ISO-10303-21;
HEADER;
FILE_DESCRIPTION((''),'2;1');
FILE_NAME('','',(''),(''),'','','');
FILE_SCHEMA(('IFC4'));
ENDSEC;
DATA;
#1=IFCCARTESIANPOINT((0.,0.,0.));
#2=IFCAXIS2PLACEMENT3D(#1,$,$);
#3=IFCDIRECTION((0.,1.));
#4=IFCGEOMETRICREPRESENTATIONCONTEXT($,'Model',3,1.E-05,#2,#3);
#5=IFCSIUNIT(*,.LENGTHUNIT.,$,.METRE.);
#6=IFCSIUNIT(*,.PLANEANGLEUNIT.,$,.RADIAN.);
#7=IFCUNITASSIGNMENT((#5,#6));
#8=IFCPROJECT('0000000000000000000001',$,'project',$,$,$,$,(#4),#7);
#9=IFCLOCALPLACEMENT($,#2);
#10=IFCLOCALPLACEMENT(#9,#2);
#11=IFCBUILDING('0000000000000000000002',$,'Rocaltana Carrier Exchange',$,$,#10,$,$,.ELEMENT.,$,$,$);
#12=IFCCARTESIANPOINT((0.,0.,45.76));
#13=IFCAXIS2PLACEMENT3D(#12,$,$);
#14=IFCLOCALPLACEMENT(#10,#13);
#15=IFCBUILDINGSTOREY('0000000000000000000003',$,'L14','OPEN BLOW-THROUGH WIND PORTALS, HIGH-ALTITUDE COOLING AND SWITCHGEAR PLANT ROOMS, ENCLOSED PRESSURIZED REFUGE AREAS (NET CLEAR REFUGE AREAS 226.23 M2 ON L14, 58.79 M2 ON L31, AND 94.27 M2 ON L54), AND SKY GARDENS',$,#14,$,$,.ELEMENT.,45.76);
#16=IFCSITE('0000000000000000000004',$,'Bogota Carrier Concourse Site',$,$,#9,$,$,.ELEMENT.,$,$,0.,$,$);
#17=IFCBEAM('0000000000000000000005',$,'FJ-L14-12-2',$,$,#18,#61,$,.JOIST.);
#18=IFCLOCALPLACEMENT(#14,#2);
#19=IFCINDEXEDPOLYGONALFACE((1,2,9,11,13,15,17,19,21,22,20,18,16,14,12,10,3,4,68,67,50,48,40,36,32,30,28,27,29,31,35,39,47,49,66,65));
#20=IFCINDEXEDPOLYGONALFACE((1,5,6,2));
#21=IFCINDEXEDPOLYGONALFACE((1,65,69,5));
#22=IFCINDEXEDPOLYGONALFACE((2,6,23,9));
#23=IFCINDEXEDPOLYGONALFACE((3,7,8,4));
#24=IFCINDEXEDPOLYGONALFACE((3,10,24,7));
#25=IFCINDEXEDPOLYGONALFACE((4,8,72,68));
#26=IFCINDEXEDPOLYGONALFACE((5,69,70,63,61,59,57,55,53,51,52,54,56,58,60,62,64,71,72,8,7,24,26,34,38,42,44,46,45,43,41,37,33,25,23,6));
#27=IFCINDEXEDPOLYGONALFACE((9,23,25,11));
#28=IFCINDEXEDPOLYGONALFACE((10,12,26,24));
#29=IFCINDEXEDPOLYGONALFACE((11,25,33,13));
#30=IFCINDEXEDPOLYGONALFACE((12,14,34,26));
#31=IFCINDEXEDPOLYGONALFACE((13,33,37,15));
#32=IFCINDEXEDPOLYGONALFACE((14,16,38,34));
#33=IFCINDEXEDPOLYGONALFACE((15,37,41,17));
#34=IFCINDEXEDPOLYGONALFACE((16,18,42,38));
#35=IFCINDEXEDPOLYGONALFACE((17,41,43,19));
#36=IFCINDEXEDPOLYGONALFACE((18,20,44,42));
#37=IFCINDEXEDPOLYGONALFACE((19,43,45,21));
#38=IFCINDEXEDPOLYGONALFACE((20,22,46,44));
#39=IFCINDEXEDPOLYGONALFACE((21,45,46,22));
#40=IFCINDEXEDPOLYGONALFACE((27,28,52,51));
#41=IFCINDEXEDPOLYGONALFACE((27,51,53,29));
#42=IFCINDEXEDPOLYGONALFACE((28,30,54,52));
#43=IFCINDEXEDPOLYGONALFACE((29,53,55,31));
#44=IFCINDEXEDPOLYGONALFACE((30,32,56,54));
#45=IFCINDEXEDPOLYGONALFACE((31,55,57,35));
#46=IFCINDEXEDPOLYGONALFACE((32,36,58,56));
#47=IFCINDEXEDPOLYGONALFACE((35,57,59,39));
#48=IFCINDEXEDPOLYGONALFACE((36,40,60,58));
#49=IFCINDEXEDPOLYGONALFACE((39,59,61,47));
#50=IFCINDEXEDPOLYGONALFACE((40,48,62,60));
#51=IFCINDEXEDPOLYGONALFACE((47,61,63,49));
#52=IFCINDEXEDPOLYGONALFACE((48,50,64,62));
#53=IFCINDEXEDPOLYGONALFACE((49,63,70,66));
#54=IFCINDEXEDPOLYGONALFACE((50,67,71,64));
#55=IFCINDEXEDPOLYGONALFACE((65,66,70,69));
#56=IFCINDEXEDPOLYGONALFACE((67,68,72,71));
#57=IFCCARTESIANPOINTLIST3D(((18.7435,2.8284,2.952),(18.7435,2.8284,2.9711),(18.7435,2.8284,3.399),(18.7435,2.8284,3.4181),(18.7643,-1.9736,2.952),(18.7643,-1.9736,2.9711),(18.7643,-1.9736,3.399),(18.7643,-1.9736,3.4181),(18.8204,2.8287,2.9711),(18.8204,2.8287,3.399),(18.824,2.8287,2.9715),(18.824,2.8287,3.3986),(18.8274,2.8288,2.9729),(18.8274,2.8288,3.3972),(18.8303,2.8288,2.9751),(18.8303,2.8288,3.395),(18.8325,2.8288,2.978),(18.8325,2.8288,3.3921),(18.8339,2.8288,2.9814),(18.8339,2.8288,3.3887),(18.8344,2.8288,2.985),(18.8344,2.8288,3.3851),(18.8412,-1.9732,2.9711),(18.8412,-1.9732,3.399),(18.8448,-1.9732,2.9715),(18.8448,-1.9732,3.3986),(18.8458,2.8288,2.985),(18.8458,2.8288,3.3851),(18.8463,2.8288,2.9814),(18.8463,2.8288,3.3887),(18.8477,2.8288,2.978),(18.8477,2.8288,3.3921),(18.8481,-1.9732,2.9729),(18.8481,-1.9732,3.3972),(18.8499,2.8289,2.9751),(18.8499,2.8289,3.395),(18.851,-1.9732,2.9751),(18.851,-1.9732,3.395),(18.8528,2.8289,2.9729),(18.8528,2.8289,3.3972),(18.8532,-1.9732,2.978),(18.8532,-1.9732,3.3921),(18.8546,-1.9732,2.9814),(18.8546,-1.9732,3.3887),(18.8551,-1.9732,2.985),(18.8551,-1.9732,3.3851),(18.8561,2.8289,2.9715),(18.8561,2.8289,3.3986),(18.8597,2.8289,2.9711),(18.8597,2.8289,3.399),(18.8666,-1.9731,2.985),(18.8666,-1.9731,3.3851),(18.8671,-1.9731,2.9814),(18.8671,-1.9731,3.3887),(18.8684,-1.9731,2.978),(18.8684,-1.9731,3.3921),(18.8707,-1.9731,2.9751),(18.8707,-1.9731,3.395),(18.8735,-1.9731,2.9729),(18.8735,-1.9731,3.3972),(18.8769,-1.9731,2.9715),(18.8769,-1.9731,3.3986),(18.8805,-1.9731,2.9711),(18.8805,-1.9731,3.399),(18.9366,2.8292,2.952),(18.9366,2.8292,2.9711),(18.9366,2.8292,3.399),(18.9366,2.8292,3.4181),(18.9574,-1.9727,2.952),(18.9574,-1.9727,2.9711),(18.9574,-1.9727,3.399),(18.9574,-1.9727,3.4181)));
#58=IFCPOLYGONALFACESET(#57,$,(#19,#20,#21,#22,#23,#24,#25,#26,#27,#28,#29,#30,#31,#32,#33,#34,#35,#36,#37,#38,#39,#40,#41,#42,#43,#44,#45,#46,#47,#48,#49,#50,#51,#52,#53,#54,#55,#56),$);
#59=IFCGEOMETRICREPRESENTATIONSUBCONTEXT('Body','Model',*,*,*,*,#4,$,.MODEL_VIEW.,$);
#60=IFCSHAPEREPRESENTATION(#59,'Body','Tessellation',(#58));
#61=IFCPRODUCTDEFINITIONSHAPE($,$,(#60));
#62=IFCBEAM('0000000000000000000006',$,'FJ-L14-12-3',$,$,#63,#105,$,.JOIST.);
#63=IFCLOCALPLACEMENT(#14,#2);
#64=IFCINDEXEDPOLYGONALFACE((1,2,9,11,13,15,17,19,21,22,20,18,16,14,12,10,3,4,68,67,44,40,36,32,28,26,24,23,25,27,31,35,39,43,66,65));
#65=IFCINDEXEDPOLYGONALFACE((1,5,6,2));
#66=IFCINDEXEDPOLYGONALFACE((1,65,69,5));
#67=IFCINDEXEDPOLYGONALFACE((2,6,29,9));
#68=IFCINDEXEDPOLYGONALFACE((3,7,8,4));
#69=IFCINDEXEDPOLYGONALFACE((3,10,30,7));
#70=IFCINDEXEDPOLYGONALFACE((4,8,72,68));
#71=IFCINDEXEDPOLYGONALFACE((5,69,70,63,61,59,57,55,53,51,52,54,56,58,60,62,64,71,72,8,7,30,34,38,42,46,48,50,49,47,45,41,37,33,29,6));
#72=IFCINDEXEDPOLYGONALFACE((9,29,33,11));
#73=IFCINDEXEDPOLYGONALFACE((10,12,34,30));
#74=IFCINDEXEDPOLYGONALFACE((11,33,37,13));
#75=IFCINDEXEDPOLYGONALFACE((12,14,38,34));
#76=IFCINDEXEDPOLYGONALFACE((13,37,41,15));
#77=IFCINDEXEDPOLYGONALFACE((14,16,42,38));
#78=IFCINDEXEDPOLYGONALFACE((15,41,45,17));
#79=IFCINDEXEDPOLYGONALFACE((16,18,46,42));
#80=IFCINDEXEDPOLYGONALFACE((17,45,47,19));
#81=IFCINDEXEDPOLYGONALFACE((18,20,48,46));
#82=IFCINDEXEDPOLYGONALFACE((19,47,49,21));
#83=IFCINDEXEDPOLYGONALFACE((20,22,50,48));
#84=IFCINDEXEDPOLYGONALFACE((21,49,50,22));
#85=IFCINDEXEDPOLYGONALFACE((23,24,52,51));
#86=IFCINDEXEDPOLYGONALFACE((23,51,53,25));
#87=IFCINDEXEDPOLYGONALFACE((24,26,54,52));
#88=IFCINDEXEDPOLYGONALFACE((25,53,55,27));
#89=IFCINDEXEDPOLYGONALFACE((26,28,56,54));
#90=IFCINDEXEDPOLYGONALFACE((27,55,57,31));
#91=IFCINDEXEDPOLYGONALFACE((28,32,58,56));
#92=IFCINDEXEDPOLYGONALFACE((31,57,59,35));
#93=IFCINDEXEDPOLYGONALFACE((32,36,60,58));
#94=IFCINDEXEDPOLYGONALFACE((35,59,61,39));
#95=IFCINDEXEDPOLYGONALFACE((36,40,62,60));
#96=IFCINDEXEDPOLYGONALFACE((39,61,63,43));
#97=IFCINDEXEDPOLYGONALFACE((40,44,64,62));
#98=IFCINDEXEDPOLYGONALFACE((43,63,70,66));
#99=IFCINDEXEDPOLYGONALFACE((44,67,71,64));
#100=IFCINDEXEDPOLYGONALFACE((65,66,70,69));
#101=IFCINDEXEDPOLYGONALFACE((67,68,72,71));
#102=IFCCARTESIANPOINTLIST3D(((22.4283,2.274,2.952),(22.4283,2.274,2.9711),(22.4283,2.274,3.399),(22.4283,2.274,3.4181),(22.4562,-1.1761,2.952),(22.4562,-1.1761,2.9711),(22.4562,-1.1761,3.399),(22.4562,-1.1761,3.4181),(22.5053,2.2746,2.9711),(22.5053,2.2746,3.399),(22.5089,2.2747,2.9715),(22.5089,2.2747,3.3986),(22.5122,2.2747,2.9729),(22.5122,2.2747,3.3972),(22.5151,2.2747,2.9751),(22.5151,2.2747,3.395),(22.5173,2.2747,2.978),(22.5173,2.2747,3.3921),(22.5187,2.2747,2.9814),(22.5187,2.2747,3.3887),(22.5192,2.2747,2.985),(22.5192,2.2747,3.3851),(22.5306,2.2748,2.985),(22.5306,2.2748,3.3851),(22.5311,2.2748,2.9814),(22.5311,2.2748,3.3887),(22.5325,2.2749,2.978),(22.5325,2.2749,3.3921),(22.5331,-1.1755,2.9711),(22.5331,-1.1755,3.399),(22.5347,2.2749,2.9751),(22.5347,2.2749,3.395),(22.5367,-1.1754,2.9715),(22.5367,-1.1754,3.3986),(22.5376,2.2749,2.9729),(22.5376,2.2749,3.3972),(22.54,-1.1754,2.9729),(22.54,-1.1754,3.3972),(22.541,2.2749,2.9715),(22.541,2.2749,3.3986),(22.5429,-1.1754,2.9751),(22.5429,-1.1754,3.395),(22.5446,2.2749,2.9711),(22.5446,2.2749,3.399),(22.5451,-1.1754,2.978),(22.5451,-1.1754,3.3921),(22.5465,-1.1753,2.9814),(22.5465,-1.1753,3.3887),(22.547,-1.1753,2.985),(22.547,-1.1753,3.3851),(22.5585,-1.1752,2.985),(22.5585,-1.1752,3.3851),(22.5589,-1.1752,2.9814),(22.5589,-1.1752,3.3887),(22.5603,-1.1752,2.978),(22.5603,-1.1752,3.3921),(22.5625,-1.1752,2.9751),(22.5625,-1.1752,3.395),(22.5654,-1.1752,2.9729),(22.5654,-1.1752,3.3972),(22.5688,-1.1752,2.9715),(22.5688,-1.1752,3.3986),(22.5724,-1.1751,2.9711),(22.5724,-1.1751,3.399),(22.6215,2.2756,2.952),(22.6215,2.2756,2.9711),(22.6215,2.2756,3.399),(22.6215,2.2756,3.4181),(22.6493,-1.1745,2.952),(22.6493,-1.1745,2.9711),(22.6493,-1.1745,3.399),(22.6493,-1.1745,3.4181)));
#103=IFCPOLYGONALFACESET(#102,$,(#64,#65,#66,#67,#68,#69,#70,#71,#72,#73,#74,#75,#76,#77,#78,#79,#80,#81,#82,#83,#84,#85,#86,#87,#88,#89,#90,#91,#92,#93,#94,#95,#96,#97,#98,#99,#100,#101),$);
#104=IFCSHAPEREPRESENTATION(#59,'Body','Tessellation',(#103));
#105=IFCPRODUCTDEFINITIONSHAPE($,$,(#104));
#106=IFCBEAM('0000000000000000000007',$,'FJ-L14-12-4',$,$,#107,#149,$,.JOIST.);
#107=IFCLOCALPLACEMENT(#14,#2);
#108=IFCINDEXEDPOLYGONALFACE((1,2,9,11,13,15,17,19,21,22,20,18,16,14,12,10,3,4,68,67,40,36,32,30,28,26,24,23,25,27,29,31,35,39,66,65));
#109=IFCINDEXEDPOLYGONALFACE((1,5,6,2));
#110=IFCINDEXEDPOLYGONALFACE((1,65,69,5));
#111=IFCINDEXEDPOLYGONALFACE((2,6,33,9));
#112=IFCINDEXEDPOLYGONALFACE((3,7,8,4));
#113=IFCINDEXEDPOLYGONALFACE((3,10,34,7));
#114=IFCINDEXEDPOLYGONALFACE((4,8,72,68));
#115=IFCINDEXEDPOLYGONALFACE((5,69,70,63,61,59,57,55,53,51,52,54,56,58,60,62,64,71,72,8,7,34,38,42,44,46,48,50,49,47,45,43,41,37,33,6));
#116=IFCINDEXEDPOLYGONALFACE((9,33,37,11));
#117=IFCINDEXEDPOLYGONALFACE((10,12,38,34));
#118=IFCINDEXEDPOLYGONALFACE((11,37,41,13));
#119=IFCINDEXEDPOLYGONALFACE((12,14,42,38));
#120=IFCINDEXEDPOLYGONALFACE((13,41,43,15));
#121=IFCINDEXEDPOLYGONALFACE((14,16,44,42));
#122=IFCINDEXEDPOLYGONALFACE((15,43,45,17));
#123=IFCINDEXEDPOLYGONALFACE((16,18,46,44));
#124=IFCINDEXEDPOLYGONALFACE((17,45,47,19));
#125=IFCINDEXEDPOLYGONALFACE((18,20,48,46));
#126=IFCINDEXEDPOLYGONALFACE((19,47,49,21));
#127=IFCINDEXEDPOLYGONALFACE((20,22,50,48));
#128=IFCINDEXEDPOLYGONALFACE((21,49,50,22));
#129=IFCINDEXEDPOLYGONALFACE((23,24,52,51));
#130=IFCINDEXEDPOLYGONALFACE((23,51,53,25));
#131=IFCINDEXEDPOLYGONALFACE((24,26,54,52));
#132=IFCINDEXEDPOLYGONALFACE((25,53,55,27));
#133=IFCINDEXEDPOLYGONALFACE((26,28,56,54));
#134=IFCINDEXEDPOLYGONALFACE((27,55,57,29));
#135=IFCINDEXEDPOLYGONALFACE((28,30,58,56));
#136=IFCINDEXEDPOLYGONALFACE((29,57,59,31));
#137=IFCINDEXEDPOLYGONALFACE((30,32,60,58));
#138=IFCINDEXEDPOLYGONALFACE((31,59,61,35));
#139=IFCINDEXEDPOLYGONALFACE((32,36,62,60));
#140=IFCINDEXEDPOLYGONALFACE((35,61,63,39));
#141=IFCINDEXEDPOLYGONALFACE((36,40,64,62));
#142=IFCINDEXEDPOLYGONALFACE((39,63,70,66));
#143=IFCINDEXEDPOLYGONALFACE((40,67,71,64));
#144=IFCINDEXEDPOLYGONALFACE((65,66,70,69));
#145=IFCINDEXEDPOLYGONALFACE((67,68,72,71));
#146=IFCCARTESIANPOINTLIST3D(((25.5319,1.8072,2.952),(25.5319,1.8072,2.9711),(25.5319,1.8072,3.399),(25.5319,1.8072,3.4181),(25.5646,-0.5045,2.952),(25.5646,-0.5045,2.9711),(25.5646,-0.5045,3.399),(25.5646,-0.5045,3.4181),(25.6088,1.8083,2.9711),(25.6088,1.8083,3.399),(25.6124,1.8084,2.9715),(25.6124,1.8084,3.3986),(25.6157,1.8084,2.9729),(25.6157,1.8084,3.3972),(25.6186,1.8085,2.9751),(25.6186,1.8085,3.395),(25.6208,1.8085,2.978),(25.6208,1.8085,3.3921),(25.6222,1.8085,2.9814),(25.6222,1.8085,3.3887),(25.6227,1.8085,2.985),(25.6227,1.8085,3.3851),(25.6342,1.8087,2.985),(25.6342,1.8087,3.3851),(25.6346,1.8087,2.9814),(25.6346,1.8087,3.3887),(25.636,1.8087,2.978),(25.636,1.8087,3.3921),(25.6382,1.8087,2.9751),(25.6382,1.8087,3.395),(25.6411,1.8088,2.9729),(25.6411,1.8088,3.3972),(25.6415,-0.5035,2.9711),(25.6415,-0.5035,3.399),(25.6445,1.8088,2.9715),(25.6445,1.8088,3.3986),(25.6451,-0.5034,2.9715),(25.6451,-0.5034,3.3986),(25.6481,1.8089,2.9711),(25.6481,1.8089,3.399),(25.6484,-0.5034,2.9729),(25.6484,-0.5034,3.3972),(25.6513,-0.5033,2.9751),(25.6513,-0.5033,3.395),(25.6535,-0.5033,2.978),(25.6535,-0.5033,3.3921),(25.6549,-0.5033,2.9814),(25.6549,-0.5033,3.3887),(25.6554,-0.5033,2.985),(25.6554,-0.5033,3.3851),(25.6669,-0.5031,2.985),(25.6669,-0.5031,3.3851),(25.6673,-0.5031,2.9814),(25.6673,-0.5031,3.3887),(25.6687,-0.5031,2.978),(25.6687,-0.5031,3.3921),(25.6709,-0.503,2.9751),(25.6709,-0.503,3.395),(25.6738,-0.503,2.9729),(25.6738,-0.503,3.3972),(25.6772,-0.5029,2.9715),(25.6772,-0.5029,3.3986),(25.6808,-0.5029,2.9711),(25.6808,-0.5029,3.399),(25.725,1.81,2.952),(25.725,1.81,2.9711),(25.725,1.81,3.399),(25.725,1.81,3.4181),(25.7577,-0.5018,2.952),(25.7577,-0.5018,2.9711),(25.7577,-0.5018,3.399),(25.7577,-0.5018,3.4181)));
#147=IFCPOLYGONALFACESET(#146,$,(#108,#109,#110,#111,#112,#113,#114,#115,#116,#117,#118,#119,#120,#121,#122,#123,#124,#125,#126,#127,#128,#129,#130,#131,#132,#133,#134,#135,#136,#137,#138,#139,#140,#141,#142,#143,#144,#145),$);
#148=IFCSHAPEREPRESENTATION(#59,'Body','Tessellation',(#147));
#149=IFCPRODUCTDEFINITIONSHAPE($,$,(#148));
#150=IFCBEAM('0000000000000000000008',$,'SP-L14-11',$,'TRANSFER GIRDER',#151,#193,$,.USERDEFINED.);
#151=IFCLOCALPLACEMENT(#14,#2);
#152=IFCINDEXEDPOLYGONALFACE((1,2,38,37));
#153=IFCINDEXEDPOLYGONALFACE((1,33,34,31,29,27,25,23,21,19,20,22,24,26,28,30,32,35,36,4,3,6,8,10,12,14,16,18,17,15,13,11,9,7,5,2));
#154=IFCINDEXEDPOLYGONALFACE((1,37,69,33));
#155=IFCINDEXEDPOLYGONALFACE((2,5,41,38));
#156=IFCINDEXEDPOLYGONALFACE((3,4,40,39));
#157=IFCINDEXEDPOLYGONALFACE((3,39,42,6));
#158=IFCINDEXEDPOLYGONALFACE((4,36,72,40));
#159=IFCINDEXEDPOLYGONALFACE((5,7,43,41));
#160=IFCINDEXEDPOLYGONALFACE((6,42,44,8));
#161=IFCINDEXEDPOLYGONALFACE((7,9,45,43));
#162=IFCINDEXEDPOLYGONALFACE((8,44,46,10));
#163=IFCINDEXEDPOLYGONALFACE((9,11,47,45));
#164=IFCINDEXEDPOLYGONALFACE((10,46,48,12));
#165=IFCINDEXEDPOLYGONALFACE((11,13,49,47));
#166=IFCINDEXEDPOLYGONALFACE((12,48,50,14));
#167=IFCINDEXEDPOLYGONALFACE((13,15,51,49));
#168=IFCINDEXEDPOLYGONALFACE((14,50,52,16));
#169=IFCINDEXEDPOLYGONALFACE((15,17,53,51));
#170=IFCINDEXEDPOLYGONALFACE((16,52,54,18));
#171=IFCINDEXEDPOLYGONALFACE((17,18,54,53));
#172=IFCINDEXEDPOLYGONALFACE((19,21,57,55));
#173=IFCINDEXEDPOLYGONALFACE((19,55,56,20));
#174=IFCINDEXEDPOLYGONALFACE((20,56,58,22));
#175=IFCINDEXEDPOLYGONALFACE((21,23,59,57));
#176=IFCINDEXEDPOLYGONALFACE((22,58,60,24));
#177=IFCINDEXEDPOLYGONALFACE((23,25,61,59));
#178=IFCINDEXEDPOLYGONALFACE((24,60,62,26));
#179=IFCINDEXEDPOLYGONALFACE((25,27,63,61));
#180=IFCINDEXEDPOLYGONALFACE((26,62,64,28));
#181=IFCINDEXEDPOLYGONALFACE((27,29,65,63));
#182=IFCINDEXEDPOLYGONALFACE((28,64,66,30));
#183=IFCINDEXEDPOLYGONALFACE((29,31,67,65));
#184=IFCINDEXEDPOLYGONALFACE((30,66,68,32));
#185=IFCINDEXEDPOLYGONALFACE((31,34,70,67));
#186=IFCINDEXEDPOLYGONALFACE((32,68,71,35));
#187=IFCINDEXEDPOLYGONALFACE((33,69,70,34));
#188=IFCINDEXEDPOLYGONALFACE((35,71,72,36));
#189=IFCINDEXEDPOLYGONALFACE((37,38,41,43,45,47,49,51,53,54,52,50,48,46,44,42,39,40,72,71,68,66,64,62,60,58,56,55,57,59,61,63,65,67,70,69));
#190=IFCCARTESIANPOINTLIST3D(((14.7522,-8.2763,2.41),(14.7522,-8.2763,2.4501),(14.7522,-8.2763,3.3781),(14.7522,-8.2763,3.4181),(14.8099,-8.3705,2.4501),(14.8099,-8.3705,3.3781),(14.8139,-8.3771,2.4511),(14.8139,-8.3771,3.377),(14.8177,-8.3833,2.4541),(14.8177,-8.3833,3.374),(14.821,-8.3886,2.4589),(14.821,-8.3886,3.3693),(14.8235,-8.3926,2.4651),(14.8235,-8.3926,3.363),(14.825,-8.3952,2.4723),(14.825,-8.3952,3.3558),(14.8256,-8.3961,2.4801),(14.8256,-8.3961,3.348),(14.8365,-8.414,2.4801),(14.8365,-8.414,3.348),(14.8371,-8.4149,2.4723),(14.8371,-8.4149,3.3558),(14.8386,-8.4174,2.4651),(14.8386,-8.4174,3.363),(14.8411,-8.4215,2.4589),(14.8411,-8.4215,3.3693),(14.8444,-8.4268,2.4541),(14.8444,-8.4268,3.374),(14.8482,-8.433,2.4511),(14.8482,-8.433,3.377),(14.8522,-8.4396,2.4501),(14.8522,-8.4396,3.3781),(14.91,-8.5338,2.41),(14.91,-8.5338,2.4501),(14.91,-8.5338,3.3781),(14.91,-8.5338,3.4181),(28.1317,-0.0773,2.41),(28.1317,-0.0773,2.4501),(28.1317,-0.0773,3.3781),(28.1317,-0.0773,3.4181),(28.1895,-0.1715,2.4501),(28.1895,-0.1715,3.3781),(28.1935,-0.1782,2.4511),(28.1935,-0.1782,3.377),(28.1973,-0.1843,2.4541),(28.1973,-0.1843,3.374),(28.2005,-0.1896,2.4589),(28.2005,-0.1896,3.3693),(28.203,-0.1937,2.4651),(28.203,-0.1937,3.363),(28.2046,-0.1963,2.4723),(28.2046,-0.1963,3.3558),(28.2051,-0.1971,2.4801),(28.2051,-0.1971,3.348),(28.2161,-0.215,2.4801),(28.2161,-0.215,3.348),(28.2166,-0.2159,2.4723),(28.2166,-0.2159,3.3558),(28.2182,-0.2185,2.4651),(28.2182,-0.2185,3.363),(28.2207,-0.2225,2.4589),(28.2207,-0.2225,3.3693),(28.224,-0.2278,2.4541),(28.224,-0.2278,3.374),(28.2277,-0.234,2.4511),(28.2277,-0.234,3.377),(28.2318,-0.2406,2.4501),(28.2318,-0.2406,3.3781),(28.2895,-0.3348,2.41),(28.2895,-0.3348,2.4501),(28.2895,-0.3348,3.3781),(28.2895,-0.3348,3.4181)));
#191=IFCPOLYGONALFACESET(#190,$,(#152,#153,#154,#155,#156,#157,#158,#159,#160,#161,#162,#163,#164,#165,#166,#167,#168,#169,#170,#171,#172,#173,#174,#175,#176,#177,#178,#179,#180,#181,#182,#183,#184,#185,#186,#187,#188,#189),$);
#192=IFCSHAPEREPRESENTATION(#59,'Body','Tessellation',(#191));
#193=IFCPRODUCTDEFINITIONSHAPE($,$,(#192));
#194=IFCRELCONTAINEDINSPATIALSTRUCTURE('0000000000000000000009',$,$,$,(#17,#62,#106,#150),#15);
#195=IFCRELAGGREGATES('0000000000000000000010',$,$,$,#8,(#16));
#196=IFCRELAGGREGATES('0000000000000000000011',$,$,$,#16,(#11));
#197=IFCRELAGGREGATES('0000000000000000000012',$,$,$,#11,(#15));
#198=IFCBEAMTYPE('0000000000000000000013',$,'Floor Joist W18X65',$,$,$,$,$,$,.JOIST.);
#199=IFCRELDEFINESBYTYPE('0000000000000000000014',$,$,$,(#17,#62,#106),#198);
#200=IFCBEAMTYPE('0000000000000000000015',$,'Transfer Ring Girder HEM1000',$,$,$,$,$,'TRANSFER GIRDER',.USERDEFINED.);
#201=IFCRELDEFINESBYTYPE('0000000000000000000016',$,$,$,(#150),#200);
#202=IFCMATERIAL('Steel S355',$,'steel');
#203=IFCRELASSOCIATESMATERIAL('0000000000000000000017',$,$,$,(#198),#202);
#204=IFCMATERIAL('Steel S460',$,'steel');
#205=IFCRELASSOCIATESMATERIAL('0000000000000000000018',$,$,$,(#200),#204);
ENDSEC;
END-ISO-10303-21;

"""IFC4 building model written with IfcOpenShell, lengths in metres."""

from ifc_helpers import new_model, si_unit, direction, frame, origin, origin_2d, place, context, subcontext, project, spatial, i_section, extrude, material, material_profile, profile_set, type_object, element, save


model = new_model("IFC4")

# Units and contexts
model_context = context("Model", 3, precision=1e-05, world=origin(), true_north=direction((0.0, 1.0)))
body_context = subcontext(model_context, "Body", "Model", "MODEL_VIEW")
ifc_project = project(units=[si_unit("LENGTHUNIT", "METRE"), si_unit("PLANEANGLEUNIT", "RADIAN")], contexts=[model_context])

# Site, building, storey
site_placement = place(None, origin())
site = spatial("IfcSite", under=ifc_project, at=site_placement, Name="Bogota Carrier Concourse Site", CompositionType="ELEMENT", RefElevation=0.0)
building_placement = place(site_placement, origin())
building = spatial("IfcBuilding", under=site, at=building_placement, Name="Rocaltana Carrier Exchange", CompositionType="ELEMENT")
storey_placement = place(building_placement, frame((0.0, 0.0, 45.76)))
storey = spatial("IfcBuildingStorey", under=building, at=storey_placement, Name="L14", Description="OPEN BLOW-THROUGH WIND PORTALS, HIGH-ALTITUDE COOLING AND SWITCHGEAR PLANT ROOMS, ENCLOSED PRESSURIZED REFUGE AREAS (NET CLEAR REFUGE AREAS 226.23 M2 ON L14, 58.79 M2 ON L31, AND 94.27 M2 ON L54), AND SKY GARDENS", CompositionType="ELEMENT", Elevation=45.76)

# Beams
ifc_material_1 = material(Name="Steel S355", Category="steel")
ifc_material_profile_1 = material_profile(ifc_material_1, i_section(OverallWidth=0.1931, OverallDepth=0.4661, WebThickness=0.0115, FlangeThickness=0.019, FilletRadius=0.0139, at=origin_2d()), Name="W18X65")
ifc_profile_set_1 = profile_set([ifc_material_profile_1], Name="Steel S355")
beam_type_1 = type_object("IfcBeamType", Name="Floor Joist W18X65", PredefinedType="JOIST", material=ifc_profile_set_1)
beam_1_placement = place(storey_placement, frame((18.8608, -1.9731, 3.1851), z_axis=(-0.004321, 0.999991, 0.0), x_axis=(-0.999991, -0.004321, 0.0)))
element("IfcBeam", 1, at=beam_1_placement, inside=storey, type_object=beam_type_1, Name="FJ-L14-12-2", PredefinedType="JOIST", context=body_context, shape_type="SweptSolid", body=[
    extrude(i_section(OverallWidth=0.1931, OverallDepth=0.4661, WebThickness=0.0115, FlangeThickness=0.019, FilletRadius=0.0139, at=origin_2d()), origin(), (0.0, 0.0, 1.0), 4.802),
])
beam_2_placement = place(storey_placement, frame((22.5527, -1.1753, 3.1851), z_axis=(-0.008067, 0.999967, 0.0), x_axis=(-0.999967, -0.008067, 0.0)))
element("IfcBeam", 2, at=beam_2_placement, inside=storey, type_object=beam_type_1, Name="FJ-L14-12-3", PredefinedType="JOIST", context=body_context, shape_type="SweptSolid", body=[
    extrude(i_section(OverallWidth=0.1931, OverallDepth=0.4661, WebThickness=0.0115, FlangeThickness=0.019, FilletRadius=0.0139, at=origin_2d()), origin(), (0.0, 0.0, 1.0), 3.4502),
])
beam_3_placement = place(storey_placement, frame((25.6611, -0.5032, 3.1851), z_axis=(-0.01415, 0.9999, 0.0), x_axis=(-0.9999, -0.01415, 0.0)))
element("IfcBeam", 3, at=beam_3_placement, inside=storey, type_object=beam_type_1, Name="FJ-L14-12-4", PredefinedType="JOIST", context=body_context, shape_type="SweptSolid", body=[
    extrude(i_section(OverallWidth=0.1931, OverallDepth=0.4661, WebThickness=0.0115, FlangeThickness=0.019, FilletRadius=0.0139, at=origin_2d()), origin(), (0.0, 0.0, 1.0), 2.312),
])
ifc_material_2 = material(Name="Steel S460", Category="steel")
ifc_material_profile_2 = material_profile(ifc_material_2, i_section(OverallWidth=0.302, OverallDepth=1.0081, WebThickness=0.021, FlangeThickness=0.04, FilletRadius=0.03, at=origin_2d()), Name="HEM1000")
ifc_profile_set_2 = profile_set([ifc_material_profile_2], Name="Steel S460")
beam_type_2 = type_object("IfcBeamType", Name="Transfer Ring Girder HEM1000", ElementType="TRANSFER GIRDER", PredefinedType="USERDEFINED", material=ifc_profile_set_2)
beam_4_placement = place(storey_placement, frame((14.8311, -8.405, 2.9141), z_axis=(0.852642, 0.522495, 0.0), x_axis=(-0.522495, 0.852642, 0.0)))
element("IfcBeam", 4, at=beam_4_placement, inside=storey, type_object=beam_type_2, Name="SP-L14-11", ObjectType="TRANSFER GIRDER", PredefinedType="USERDEFINED", context=body_context, shape_type="SweptSolid", body=[
    extrude(i_section(OverallWidth=0.302, OverallDepth=1.0081, WebThickness=0.021, FlangeThickness=0.04, FilletRadius=0.03, at=origin_2d()), origin(), (0.0, 0.0, 1.0), 15.6919),
])

save(model, "model.ifc")
